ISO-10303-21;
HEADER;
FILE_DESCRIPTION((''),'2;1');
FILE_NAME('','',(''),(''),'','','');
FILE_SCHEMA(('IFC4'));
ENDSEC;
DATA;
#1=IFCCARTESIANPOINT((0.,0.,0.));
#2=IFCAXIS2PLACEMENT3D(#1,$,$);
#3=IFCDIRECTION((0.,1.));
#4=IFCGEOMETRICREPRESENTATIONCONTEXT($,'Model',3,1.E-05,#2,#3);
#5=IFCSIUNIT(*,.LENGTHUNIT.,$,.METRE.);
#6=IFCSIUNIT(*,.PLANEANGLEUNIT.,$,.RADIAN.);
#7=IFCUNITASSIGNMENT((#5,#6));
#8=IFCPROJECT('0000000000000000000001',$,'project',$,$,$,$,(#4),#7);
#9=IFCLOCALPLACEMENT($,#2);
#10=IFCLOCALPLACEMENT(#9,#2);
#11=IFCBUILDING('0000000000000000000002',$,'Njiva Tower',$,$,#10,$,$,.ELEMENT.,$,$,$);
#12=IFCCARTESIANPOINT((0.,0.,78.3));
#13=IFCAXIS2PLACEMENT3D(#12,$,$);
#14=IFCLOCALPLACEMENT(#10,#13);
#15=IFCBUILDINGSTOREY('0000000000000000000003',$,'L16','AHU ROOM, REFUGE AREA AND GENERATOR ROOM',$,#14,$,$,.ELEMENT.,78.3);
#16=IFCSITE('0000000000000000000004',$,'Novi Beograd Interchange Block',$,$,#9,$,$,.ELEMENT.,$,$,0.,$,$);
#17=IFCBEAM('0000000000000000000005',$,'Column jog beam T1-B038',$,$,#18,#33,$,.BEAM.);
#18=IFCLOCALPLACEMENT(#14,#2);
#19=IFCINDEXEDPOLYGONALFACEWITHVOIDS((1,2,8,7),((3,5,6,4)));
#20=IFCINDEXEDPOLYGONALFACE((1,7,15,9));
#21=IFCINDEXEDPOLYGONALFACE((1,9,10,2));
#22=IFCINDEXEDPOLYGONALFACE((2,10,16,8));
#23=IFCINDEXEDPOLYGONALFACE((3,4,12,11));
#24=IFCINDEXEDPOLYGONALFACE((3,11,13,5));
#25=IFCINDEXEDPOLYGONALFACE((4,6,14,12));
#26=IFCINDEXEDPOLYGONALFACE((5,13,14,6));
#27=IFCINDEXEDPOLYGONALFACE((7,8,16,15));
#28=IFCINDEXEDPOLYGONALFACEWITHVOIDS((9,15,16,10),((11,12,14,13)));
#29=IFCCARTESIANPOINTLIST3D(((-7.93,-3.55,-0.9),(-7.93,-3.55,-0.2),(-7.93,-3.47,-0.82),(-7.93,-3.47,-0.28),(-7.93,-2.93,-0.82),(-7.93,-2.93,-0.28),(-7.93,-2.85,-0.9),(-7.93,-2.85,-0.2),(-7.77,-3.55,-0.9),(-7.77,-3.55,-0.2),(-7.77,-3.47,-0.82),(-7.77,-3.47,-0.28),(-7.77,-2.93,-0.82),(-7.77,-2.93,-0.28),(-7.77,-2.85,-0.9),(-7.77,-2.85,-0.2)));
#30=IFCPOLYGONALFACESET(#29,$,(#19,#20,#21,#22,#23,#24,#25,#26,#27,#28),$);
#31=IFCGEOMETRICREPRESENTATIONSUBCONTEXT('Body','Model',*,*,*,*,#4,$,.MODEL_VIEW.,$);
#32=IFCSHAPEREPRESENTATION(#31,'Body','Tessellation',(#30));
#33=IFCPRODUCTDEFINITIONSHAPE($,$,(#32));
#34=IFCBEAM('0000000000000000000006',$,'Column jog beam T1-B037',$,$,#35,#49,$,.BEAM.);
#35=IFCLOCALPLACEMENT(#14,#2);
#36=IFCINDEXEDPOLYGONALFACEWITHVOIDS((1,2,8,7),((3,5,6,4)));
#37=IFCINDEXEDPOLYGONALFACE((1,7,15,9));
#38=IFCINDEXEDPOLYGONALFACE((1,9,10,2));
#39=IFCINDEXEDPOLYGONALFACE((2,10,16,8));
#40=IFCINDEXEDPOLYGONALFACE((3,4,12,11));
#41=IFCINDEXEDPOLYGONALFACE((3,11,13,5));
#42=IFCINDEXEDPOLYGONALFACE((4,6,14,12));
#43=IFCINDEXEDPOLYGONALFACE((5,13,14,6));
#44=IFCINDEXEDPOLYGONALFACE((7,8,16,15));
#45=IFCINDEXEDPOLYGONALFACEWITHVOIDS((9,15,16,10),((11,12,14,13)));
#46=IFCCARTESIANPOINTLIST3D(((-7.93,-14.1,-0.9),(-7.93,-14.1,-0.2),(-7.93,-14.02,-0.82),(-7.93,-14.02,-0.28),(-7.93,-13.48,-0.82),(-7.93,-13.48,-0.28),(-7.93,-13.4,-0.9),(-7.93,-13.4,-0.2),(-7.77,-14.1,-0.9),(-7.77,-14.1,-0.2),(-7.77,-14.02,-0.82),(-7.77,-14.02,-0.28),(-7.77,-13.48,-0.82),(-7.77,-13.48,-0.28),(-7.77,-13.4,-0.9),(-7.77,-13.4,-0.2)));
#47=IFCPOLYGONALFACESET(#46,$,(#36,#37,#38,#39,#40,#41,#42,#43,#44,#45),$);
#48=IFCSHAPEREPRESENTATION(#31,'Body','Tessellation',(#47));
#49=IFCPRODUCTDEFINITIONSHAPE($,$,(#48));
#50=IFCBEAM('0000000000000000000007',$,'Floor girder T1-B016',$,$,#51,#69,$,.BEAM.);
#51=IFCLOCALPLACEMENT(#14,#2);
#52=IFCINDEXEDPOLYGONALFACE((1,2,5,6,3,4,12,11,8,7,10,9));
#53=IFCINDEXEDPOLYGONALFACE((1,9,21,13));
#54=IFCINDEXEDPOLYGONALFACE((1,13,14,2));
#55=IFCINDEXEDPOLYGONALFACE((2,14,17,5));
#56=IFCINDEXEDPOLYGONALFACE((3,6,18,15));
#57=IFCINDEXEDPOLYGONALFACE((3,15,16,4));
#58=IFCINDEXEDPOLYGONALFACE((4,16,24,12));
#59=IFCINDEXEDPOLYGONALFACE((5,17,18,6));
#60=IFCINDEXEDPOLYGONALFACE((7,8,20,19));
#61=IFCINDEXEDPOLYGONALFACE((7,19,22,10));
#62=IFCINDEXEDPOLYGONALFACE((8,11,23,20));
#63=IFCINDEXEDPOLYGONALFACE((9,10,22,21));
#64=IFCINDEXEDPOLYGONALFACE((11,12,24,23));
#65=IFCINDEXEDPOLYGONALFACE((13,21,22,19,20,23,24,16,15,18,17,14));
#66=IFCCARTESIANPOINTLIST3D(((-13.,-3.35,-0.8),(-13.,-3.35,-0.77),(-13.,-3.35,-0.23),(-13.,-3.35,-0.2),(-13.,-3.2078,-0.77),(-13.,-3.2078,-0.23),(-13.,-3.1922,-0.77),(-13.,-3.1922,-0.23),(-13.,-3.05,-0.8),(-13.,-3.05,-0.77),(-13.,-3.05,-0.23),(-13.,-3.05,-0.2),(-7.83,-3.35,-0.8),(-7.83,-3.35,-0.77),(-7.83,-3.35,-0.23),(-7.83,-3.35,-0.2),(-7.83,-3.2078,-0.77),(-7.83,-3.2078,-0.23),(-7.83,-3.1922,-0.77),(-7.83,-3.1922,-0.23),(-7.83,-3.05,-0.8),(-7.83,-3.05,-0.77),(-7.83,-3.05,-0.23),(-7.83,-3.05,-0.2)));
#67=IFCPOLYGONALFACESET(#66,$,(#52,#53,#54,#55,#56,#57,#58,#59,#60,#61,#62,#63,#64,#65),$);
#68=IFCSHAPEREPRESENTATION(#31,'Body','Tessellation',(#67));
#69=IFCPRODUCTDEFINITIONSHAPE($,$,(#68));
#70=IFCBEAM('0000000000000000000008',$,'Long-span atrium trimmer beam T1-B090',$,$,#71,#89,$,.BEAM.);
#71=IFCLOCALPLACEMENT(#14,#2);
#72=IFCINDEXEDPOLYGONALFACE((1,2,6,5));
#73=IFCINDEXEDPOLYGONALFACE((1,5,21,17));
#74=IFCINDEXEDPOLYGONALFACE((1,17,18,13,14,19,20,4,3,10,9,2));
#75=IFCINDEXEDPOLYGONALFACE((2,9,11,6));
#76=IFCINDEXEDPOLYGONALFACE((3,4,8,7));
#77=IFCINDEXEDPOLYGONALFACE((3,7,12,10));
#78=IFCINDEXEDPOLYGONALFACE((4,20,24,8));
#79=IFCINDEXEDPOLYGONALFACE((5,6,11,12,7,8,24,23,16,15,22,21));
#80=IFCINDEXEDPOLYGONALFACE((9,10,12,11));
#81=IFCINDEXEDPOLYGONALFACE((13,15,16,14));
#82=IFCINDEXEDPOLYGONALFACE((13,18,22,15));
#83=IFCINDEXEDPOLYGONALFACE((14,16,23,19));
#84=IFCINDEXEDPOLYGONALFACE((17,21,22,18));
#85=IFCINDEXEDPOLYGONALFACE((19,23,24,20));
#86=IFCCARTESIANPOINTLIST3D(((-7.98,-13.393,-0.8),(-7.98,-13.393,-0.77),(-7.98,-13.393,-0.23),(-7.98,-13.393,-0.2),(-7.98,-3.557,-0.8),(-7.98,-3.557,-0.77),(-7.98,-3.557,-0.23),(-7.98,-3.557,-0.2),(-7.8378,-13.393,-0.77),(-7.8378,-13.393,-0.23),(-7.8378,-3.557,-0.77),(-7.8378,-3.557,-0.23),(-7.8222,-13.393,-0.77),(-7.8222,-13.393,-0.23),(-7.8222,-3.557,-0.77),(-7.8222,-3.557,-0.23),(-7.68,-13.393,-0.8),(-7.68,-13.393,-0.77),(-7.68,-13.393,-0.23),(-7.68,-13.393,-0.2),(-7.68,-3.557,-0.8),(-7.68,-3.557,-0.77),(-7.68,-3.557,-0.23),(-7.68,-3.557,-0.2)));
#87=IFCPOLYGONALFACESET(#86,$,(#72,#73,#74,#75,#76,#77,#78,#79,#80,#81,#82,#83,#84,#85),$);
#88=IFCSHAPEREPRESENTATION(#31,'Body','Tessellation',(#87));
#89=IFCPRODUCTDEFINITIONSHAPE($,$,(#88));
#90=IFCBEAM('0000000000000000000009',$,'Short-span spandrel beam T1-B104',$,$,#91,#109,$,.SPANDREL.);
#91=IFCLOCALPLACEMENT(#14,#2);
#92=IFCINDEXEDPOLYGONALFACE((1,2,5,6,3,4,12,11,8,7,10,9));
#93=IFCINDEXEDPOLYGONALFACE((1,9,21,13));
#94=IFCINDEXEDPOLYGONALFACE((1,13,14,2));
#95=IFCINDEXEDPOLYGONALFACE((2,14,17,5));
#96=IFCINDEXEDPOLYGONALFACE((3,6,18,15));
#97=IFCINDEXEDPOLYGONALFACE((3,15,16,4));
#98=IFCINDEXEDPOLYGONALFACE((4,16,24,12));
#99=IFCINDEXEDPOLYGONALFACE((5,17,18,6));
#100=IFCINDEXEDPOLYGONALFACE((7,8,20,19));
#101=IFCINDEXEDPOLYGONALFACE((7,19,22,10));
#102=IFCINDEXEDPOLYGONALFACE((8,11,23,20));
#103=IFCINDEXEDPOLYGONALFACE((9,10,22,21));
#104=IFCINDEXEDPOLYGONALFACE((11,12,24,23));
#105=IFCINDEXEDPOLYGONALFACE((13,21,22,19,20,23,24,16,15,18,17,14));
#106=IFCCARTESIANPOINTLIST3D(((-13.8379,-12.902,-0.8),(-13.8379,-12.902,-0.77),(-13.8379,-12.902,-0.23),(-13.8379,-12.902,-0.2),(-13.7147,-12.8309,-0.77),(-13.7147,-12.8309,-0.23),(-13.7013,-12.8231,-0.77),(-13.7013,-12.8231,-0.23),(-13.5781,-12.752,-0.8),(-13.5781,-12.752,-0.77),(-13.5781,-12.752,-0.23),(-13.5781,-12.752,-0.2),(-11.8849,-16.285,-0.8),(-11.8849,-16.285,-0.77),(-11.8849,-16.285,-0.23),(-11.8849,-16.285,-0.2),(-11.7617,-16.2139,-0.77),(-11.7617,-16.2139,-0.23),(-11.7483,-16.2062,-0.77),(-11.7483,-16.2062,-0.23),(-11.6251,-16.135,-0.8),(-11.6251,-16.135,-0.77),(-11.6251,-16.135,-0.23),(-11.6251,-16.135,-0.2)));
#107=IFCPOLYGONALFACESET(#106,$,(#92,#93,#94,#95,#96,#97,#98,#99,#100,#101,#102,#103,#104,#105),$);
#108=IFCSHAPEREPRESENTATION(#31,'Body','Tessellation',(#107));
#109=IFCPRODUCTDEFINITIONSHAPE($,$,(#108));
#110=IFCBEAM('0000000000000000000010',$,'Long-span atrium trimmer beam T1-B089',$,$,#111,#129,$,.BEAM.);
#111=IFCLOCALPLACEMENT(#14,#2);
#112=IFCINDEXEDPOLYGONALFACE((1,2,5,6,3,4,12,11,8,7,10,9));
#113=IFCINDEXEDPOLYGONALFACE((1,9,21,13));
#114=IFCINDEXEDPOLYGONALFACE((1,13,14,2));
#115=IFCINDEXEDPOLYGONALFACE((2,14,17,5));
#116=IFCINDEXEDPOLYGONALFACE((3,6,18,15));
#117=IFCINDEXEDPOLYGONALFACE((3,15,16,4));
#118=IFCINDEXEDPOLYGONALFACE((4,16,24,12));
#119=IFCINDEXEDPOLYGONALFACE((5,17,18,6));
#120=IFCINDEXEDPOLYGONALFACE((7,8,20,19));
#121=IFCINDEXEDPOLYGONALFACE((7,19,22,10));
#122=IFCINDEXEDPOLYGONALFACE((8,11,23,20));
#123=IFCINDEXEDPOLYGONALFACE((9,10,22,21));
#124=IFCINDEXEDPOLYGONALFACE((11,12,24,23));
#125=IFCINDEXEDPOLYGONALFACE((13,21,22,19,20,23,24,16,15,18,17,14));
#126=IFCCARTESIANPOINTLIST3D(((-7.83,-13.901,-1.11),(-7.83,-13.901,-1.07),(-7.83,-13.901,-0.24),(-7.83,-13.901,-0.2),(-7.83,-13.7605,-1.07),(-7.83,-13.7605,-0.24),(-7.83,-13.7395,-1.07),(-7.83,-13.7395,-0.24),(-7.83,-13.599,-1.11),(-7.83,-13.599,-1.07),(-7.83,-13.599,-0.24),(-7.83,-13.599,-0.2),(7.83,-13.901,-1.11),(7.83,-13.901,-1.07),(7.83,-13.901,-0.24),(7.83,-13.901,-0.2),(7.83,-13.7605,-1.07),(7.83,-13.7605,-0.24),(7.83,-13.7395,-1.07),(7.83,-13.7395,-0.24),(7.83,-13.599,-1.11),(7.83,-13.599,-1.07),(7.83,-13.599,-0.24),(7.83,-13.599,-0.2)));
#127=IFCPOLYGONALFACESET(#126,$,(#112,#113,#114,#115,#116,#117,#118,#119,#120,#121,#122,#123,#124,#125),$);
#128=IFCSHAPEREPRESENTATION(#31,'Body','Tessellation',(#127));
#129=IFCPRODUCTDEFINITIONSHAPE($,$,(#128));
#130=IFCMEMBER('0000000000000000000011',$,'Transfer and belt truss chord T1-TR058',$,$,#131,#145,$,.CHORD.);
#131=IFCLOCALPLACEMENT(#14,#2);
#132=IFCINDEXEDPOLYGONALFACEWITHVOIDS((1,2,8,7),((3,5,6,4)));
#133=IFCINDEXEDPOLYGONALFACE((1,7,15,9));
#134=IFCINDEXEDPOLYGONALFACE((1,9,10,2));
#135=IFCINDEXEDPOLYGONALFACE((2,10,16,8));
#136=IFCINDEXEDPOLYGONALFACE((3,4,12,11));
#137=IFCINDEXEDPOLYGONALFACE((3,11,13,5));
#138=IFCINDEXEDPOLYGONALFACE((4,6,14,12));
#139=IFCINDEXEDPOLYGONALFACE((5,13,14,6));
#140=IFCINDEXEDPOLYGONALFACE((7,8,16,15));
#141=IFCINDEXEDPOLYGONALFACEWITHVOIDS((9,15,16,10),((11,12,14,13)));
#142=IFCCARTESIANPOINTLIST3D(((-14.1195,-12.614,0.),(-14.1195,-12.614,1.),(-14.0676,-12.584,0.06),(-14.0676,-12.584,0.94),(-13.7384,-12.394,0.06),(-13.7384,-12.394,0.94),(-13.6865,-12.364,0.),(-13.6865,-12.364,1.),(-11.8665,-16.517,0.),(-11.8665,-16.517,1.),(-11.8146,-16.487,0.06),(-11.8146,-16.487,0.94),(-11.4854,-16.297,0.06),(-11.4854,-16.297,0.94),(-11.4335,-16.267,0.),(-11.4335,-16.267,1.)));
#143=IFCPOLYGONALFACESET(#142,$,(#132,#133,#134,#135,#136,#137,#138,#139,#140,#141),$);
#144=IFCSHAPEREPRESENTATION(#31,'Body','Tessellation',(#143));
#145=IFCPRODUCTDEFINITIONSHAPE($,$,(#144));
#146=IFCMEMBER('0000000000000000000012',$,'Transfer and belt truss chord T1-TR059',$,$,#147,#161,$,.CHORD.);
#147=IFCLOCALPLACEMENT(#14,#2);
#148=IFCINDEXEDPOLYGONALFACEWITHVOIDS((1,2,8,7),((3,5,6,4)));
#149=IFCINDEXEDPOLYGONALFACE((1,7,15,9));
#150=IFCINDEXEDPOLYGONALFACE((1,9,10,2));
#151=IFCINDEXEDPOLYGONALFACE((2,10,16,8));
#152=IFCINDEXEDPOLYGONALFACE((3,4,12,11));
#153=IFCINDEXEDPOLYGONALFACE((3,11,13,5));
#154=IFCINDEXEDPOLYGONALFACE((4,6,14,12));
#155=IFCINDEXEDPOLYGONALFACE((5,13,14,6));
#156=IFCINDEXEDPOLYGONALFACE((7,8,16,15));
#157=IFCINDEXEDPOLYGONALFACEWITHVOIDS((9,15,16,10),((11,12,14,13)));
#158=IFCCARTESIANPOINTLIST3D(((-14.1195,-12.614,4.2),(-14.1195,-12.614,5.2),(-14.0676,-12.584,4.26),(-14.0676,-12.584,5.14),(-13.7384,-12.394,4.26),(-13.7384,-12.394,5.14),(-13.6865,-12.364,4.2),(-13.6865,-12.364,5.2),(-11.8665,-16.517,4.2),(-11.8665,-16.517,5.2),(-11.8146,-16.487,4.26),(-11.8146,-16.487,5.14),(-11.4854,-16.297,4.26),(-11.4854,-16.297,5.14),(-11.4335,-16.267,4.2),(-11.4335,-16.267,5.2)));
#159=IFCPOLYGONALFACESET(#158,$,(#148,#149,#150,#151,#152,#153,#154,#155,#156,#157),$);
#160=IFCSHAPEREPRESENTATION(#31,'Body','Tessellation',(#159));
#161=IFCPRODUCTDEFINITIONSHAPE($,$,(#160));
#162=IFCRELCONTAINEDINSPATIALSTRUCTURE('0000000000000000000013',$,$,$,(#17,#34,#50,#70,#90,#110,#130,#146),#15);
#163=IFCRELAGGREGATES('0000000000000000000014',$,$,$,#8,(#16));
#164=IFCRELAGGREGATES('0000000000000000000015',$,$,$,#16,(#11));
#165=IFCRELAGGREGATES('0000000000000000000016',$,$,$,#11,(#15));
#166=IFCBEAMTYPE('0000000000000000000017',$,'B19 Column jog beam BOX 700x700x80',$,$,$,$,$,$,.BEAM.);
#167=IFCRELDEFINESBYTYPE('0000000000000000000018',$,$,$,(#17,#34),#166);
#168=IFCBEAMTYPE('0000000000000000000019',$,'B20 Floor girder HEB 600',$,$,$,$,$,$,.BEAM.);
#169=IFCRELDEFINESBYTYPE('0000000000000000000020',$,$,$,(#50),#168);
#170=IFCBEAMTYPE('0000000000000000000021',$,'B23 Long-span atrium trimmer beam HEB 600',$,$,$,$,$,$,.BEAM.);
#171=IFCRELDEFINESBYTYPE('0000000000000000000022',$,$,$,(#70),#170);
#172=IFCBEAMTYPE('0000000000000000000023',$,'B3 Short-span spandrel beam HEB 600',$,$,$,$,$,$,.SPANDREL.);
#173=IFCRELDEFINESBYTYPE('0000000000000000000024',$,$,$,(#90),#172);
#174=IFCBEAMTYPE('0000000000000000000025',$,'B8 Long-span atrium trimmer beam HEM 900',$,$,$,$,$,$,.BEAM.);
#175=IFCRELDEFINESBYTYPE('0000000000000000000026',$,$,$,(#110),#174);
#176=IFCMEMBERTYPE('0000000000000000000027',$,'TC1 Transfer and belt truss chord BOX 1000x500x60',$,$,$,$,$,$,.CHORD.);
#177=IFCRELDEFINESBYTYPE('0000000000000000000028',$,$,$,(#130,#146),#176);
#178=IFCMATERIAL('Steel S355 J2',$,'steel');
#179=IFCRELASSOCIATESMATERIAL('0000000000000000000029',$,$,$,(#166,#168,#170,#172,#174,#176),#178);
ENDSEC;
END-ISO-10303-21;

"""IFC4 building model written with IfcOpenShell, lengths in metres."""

from ifc_helpers import new_model, si_unit, direction, frame, origin, origin_2d, place, context, subcontext, project, spatial, hollow_rectangle, i_section, extrude, material, material_profile, profile_set, type_object, element, save


model = new_model("IFC4")

# Units and contexts
model_context = context("Model", 3, precision=1e-05, world=origin(), true_north=direction((0.0, 1.0)))
body_context = subcontext(model_context, "Body", "Model", "MODEL_VIEW")
ifc_project = project(units=[si_unit("LENGTHUNIT", "METRE"), si_unit("PLANEANGLEUNIT", "RADIAN")], contexts=[model_context])

# Site, building, storey
site_placement = place(None, origin())
site = spatial("IfcSite", under=ifc_project, at=site_placement, Name="Novi Beograd Interchange Block", CompositionType="ELEMENT", RefElevation=0.0)
building_placement = place(site_placement, origin())
building = spatial("IfcBuilding", under=site, at=building_placement, Name="Njiva Tower", CompositionType="ELEMENT")
storey_placement = place(building_placement, frame((0.0, 0.0, 78.3)))
storey = spatial("IfcBuildingStorey", under=building, at=storey_placement, Name="L16", Description="AHU ROOM, REFUGE AREA AND GENERATOR ROOM", CompositionType="ELEMENT", Elevation=78.3)

# Shared definitions
ifc_material_1 = material(Name="Steel S355 J2", Category="steel")

# Beams
ifc_material_profile_1 = material_profile(ifc_material_1, hollow_rectangle(XDim=0.7, YDim=0.7, WallThickness=0.08, at=origin_2d()), Name="BOX 700x700x80")
ifc_profile_set_1 = profile_set([ifc_material_profile_1], Name="Steel S355 J2")
beam_type_1 = type_object("IfcBeamType", Name="B19 Column jog beam BOX 700x700x80", PredefinedType="BEAM", material=ifc_profile_set_1)
for number, where, z_axis, x_axis, name in (
    (1, (-7.93, -3.2, -0.55), (1.0, 0.0, 0.0), (0.0, 1.0, 0.0), "Column jog beam T1-B038"),
    (2, (-7.93, -13.75, -0.55), (1.0, 0.0, 0.0), (0.0, 1.0, 0.0), "Column jog beam T1-B037"),
):
    element("IfcBeam", number, at=place(storey_placement, frame(where, z_axis=z_axis, x_axis=x_axis)), inside=storey, type_object=beam_type_1, Name=name, PredefinedType="BEAM", context=body_context, shape_type="SweptSolid", body=[
        extrude(hollow_rectangle(XDim=0.7, YDim=0.7, WallThickness=0.08, at=origin_2d()), origin(), (0.0, 0.0, 1.0), 0.16),
    ])
ifc_material_profile_2 = material_profile(ifc_material_1, i_section(OverallWidth=0.3, OverallDepth=0.6, WebThickness=0.0155, FlangeThickness=0.03, at=origin_2d()), Name="HEB 600")
ifc_profile_set_2 = profile_set([ifc_material_profile_2], Name="Steel S355 J2")
beam_type_2 = type_object("IfcBeamType", Name="B20 Floor girder HEB 600", PredefinedType="BEAM", material=ifc_profile_set_2)
beam_1_placement = place(storey_placement, frame((-13.0, -3.2, -0.5), z_axis=(1.0, 0.0, 0.0), x_axis=(0.0, 1.0, 0.0)))
element("IfcBeam", 3, at=beam_1_placement, inside=storey, type_object=beam_type_2, Name="Floor girder T1-B016", PredefinedType="BEAM", context=body_context, shape_type="SweptSolid", body=[
    extrude(i_section(OverallWidth=0.3, OverallDepth=0.6, WebThickness=0.0155, FlangeThickness=0.03, at=origin_2d()), origin(), (0.0, 0.0, 1.0), 5.17),
])
ifc_material_profile_3 = material_profile(ifc_material_1, i_section(OverallWidth=0.3, OverallDepth=0.6, WebThickness=0.0155, FlangeThickness=0.03, at=origin_2d()), Name="HEB 600")
ifc_profile_set_3 = profile_set([ifc_material_profile_3], Name="Steel S355 J2")
beam_type_3 = type_object("IfcBeamType", Name="B23 Long-span atrium trimmer beam HEB 600", PredefinedType="BEAM", material=ifc_profile_set_3)
beam_2_placement = place(storey_placement, frame((-7.83, -3.557, -0.5), z_axis=(0.0, -1.0, 0.0), x_axis=(1.0, 0.0, 0.0)))
element("IfcBeam", 4, at=beam_2_placement, inside=storey, type_object=beam_type_3, Name="Long-span atrium trimmer beam T1-B090", PredefinedType="BEAM", context=body_context, shape_type="SweptSolid", body=[
    extrude(i_section(OverallWidth=0.3, OverallDepth=0.6, WebThickness=0.0155, FlangeThickness=0.03, at=origin_2d()), origin(), (0.0, 0.0, 1.0), 9.836),
])
ifc_material_profile_4 = material_profile(ifc_material_1, i_section(OverallWidth=0.3, OverallDepth=0.6, WebThickness=0.0155, FlangeThickness=0.03, at=origin_2d()), Name="HEB 600")
ifc_profile_set_4 = profile_set([ifc_material_profile_4], Name="Steel S355 J2")
beam_type_4 = type_object("IfcBeamType", Name="B3 Short-span spandrel beam HEB 600", PredefinedType="SPANDREL", material=ifc_profile_set_4)
beam_3_placement = place(storey_placement, frame((-13.708, -12.827, -0.5), z_axis=(0.499966, -0.866045, 0.0), x_axis=(0.866045, 0.499966, 0.0)))
element("IfcBeam", 5, at=beam_3_placement, inside=storey, type_object=beam_type_4, Name="Short-span spandrel beam T1-B104", PredefinedType="SPANDREL", context=body_context, shape_type="SweptSolid", body=[
    extrude(i_section(OverallWidth=0.3, OverallDepth=0.6, WebThickness=0.0155, FlangeThickness=0.03, at=origin_2d()), origin(), (0.0, 0.0, 1.0), 3.9063),
])
ifc_material_profile_5 = material_profile(ifc_material_1, i_section(OverallWidth=0.302, OverallDepth=0.91, WebThickness=0.021, FlangeThickness=0.04, at=origin_2d()), Name="HEM 900")
ifc_profile_set_5 = profile_set([ifc_material_profile_5], Name="Steel S355 J2")
beam_type_5 = type_object("IfcBeamType", Name="B8 Long-span atrium trimmer beam HEM 900", PredefinedType="BEAM", material=ifc_profile_set_5)
beam_4_placement = place(storey_placement, frame((-7.83, -13.75, -0.655), z_axis=(1.0, 0.0, 0.0), x_axis=(0.0, 1.0, 0.0)))
element("IfcBeam", 6, at=beam_4_placement, inside=storey, type_object=beam_type_5, Name="Long-span atrium trimmer beam T1-B089", PredefinedType="BEAM", context=body_context, shape_type="SweptSolid", body=[
    extrude(i_section(OverallWidth=0.302, OverallDepth=0.91, WebThickness=0.021, FlangeThickness=0.04, at=origin_2d()), origin(), (0.0, 0.0, 1.0), 15.66),
])

# Members
ifc_material_profile_6 = material_profile(ifc_material_1, hollow_rectangle(XDim=0.5, YDim=1.0, WallThickness=0.06, at=origin_2d()), Name="BOX 1000x500x60")
ifc_profile_set_6 = profile_set([ifc_material_profile_6], Name="Steel S355 J2")
member_type_1 = type_object("IfcMemberType", Name="TC1 Transfer and belt truss chord BOX 1000x500x60", PredefinedType="CHORD", material=ifc_profile_set_6)
for number, where, z_axis, x_axis, name in (
    (7, (-13.903, -12.489, 0.5), (0.499934, -0.866064, 0.0), (0.866064, 0.499934, 0.0), "Transfer and belt truss chord T1-TR058"),
    (8, (-13.903, -12.489, 4.7), (0.499934, -0.866064, 0.0), (0.866064, 0.499934, 0.0), "Transfer and belt truss chord T1-TR059"),
):
    element("IfcMember", number, at=place(storey_placement, frame(where, z_axis=z_axis, x_axis=x_axis)), inside=storey, type_object=member_type_1, Name=name, PredefinedType="CHORD", context=body_context, shape_type="SweptSolid", body=[
        extrude(hollow_rectangle(XDim=0.5, YDim=1.0, WallThickness=0.06, at=origin_2d()), origin(), (0.0, 0.0, 1.0), 4.5066),
    ])

save(model, "model.ifc")
